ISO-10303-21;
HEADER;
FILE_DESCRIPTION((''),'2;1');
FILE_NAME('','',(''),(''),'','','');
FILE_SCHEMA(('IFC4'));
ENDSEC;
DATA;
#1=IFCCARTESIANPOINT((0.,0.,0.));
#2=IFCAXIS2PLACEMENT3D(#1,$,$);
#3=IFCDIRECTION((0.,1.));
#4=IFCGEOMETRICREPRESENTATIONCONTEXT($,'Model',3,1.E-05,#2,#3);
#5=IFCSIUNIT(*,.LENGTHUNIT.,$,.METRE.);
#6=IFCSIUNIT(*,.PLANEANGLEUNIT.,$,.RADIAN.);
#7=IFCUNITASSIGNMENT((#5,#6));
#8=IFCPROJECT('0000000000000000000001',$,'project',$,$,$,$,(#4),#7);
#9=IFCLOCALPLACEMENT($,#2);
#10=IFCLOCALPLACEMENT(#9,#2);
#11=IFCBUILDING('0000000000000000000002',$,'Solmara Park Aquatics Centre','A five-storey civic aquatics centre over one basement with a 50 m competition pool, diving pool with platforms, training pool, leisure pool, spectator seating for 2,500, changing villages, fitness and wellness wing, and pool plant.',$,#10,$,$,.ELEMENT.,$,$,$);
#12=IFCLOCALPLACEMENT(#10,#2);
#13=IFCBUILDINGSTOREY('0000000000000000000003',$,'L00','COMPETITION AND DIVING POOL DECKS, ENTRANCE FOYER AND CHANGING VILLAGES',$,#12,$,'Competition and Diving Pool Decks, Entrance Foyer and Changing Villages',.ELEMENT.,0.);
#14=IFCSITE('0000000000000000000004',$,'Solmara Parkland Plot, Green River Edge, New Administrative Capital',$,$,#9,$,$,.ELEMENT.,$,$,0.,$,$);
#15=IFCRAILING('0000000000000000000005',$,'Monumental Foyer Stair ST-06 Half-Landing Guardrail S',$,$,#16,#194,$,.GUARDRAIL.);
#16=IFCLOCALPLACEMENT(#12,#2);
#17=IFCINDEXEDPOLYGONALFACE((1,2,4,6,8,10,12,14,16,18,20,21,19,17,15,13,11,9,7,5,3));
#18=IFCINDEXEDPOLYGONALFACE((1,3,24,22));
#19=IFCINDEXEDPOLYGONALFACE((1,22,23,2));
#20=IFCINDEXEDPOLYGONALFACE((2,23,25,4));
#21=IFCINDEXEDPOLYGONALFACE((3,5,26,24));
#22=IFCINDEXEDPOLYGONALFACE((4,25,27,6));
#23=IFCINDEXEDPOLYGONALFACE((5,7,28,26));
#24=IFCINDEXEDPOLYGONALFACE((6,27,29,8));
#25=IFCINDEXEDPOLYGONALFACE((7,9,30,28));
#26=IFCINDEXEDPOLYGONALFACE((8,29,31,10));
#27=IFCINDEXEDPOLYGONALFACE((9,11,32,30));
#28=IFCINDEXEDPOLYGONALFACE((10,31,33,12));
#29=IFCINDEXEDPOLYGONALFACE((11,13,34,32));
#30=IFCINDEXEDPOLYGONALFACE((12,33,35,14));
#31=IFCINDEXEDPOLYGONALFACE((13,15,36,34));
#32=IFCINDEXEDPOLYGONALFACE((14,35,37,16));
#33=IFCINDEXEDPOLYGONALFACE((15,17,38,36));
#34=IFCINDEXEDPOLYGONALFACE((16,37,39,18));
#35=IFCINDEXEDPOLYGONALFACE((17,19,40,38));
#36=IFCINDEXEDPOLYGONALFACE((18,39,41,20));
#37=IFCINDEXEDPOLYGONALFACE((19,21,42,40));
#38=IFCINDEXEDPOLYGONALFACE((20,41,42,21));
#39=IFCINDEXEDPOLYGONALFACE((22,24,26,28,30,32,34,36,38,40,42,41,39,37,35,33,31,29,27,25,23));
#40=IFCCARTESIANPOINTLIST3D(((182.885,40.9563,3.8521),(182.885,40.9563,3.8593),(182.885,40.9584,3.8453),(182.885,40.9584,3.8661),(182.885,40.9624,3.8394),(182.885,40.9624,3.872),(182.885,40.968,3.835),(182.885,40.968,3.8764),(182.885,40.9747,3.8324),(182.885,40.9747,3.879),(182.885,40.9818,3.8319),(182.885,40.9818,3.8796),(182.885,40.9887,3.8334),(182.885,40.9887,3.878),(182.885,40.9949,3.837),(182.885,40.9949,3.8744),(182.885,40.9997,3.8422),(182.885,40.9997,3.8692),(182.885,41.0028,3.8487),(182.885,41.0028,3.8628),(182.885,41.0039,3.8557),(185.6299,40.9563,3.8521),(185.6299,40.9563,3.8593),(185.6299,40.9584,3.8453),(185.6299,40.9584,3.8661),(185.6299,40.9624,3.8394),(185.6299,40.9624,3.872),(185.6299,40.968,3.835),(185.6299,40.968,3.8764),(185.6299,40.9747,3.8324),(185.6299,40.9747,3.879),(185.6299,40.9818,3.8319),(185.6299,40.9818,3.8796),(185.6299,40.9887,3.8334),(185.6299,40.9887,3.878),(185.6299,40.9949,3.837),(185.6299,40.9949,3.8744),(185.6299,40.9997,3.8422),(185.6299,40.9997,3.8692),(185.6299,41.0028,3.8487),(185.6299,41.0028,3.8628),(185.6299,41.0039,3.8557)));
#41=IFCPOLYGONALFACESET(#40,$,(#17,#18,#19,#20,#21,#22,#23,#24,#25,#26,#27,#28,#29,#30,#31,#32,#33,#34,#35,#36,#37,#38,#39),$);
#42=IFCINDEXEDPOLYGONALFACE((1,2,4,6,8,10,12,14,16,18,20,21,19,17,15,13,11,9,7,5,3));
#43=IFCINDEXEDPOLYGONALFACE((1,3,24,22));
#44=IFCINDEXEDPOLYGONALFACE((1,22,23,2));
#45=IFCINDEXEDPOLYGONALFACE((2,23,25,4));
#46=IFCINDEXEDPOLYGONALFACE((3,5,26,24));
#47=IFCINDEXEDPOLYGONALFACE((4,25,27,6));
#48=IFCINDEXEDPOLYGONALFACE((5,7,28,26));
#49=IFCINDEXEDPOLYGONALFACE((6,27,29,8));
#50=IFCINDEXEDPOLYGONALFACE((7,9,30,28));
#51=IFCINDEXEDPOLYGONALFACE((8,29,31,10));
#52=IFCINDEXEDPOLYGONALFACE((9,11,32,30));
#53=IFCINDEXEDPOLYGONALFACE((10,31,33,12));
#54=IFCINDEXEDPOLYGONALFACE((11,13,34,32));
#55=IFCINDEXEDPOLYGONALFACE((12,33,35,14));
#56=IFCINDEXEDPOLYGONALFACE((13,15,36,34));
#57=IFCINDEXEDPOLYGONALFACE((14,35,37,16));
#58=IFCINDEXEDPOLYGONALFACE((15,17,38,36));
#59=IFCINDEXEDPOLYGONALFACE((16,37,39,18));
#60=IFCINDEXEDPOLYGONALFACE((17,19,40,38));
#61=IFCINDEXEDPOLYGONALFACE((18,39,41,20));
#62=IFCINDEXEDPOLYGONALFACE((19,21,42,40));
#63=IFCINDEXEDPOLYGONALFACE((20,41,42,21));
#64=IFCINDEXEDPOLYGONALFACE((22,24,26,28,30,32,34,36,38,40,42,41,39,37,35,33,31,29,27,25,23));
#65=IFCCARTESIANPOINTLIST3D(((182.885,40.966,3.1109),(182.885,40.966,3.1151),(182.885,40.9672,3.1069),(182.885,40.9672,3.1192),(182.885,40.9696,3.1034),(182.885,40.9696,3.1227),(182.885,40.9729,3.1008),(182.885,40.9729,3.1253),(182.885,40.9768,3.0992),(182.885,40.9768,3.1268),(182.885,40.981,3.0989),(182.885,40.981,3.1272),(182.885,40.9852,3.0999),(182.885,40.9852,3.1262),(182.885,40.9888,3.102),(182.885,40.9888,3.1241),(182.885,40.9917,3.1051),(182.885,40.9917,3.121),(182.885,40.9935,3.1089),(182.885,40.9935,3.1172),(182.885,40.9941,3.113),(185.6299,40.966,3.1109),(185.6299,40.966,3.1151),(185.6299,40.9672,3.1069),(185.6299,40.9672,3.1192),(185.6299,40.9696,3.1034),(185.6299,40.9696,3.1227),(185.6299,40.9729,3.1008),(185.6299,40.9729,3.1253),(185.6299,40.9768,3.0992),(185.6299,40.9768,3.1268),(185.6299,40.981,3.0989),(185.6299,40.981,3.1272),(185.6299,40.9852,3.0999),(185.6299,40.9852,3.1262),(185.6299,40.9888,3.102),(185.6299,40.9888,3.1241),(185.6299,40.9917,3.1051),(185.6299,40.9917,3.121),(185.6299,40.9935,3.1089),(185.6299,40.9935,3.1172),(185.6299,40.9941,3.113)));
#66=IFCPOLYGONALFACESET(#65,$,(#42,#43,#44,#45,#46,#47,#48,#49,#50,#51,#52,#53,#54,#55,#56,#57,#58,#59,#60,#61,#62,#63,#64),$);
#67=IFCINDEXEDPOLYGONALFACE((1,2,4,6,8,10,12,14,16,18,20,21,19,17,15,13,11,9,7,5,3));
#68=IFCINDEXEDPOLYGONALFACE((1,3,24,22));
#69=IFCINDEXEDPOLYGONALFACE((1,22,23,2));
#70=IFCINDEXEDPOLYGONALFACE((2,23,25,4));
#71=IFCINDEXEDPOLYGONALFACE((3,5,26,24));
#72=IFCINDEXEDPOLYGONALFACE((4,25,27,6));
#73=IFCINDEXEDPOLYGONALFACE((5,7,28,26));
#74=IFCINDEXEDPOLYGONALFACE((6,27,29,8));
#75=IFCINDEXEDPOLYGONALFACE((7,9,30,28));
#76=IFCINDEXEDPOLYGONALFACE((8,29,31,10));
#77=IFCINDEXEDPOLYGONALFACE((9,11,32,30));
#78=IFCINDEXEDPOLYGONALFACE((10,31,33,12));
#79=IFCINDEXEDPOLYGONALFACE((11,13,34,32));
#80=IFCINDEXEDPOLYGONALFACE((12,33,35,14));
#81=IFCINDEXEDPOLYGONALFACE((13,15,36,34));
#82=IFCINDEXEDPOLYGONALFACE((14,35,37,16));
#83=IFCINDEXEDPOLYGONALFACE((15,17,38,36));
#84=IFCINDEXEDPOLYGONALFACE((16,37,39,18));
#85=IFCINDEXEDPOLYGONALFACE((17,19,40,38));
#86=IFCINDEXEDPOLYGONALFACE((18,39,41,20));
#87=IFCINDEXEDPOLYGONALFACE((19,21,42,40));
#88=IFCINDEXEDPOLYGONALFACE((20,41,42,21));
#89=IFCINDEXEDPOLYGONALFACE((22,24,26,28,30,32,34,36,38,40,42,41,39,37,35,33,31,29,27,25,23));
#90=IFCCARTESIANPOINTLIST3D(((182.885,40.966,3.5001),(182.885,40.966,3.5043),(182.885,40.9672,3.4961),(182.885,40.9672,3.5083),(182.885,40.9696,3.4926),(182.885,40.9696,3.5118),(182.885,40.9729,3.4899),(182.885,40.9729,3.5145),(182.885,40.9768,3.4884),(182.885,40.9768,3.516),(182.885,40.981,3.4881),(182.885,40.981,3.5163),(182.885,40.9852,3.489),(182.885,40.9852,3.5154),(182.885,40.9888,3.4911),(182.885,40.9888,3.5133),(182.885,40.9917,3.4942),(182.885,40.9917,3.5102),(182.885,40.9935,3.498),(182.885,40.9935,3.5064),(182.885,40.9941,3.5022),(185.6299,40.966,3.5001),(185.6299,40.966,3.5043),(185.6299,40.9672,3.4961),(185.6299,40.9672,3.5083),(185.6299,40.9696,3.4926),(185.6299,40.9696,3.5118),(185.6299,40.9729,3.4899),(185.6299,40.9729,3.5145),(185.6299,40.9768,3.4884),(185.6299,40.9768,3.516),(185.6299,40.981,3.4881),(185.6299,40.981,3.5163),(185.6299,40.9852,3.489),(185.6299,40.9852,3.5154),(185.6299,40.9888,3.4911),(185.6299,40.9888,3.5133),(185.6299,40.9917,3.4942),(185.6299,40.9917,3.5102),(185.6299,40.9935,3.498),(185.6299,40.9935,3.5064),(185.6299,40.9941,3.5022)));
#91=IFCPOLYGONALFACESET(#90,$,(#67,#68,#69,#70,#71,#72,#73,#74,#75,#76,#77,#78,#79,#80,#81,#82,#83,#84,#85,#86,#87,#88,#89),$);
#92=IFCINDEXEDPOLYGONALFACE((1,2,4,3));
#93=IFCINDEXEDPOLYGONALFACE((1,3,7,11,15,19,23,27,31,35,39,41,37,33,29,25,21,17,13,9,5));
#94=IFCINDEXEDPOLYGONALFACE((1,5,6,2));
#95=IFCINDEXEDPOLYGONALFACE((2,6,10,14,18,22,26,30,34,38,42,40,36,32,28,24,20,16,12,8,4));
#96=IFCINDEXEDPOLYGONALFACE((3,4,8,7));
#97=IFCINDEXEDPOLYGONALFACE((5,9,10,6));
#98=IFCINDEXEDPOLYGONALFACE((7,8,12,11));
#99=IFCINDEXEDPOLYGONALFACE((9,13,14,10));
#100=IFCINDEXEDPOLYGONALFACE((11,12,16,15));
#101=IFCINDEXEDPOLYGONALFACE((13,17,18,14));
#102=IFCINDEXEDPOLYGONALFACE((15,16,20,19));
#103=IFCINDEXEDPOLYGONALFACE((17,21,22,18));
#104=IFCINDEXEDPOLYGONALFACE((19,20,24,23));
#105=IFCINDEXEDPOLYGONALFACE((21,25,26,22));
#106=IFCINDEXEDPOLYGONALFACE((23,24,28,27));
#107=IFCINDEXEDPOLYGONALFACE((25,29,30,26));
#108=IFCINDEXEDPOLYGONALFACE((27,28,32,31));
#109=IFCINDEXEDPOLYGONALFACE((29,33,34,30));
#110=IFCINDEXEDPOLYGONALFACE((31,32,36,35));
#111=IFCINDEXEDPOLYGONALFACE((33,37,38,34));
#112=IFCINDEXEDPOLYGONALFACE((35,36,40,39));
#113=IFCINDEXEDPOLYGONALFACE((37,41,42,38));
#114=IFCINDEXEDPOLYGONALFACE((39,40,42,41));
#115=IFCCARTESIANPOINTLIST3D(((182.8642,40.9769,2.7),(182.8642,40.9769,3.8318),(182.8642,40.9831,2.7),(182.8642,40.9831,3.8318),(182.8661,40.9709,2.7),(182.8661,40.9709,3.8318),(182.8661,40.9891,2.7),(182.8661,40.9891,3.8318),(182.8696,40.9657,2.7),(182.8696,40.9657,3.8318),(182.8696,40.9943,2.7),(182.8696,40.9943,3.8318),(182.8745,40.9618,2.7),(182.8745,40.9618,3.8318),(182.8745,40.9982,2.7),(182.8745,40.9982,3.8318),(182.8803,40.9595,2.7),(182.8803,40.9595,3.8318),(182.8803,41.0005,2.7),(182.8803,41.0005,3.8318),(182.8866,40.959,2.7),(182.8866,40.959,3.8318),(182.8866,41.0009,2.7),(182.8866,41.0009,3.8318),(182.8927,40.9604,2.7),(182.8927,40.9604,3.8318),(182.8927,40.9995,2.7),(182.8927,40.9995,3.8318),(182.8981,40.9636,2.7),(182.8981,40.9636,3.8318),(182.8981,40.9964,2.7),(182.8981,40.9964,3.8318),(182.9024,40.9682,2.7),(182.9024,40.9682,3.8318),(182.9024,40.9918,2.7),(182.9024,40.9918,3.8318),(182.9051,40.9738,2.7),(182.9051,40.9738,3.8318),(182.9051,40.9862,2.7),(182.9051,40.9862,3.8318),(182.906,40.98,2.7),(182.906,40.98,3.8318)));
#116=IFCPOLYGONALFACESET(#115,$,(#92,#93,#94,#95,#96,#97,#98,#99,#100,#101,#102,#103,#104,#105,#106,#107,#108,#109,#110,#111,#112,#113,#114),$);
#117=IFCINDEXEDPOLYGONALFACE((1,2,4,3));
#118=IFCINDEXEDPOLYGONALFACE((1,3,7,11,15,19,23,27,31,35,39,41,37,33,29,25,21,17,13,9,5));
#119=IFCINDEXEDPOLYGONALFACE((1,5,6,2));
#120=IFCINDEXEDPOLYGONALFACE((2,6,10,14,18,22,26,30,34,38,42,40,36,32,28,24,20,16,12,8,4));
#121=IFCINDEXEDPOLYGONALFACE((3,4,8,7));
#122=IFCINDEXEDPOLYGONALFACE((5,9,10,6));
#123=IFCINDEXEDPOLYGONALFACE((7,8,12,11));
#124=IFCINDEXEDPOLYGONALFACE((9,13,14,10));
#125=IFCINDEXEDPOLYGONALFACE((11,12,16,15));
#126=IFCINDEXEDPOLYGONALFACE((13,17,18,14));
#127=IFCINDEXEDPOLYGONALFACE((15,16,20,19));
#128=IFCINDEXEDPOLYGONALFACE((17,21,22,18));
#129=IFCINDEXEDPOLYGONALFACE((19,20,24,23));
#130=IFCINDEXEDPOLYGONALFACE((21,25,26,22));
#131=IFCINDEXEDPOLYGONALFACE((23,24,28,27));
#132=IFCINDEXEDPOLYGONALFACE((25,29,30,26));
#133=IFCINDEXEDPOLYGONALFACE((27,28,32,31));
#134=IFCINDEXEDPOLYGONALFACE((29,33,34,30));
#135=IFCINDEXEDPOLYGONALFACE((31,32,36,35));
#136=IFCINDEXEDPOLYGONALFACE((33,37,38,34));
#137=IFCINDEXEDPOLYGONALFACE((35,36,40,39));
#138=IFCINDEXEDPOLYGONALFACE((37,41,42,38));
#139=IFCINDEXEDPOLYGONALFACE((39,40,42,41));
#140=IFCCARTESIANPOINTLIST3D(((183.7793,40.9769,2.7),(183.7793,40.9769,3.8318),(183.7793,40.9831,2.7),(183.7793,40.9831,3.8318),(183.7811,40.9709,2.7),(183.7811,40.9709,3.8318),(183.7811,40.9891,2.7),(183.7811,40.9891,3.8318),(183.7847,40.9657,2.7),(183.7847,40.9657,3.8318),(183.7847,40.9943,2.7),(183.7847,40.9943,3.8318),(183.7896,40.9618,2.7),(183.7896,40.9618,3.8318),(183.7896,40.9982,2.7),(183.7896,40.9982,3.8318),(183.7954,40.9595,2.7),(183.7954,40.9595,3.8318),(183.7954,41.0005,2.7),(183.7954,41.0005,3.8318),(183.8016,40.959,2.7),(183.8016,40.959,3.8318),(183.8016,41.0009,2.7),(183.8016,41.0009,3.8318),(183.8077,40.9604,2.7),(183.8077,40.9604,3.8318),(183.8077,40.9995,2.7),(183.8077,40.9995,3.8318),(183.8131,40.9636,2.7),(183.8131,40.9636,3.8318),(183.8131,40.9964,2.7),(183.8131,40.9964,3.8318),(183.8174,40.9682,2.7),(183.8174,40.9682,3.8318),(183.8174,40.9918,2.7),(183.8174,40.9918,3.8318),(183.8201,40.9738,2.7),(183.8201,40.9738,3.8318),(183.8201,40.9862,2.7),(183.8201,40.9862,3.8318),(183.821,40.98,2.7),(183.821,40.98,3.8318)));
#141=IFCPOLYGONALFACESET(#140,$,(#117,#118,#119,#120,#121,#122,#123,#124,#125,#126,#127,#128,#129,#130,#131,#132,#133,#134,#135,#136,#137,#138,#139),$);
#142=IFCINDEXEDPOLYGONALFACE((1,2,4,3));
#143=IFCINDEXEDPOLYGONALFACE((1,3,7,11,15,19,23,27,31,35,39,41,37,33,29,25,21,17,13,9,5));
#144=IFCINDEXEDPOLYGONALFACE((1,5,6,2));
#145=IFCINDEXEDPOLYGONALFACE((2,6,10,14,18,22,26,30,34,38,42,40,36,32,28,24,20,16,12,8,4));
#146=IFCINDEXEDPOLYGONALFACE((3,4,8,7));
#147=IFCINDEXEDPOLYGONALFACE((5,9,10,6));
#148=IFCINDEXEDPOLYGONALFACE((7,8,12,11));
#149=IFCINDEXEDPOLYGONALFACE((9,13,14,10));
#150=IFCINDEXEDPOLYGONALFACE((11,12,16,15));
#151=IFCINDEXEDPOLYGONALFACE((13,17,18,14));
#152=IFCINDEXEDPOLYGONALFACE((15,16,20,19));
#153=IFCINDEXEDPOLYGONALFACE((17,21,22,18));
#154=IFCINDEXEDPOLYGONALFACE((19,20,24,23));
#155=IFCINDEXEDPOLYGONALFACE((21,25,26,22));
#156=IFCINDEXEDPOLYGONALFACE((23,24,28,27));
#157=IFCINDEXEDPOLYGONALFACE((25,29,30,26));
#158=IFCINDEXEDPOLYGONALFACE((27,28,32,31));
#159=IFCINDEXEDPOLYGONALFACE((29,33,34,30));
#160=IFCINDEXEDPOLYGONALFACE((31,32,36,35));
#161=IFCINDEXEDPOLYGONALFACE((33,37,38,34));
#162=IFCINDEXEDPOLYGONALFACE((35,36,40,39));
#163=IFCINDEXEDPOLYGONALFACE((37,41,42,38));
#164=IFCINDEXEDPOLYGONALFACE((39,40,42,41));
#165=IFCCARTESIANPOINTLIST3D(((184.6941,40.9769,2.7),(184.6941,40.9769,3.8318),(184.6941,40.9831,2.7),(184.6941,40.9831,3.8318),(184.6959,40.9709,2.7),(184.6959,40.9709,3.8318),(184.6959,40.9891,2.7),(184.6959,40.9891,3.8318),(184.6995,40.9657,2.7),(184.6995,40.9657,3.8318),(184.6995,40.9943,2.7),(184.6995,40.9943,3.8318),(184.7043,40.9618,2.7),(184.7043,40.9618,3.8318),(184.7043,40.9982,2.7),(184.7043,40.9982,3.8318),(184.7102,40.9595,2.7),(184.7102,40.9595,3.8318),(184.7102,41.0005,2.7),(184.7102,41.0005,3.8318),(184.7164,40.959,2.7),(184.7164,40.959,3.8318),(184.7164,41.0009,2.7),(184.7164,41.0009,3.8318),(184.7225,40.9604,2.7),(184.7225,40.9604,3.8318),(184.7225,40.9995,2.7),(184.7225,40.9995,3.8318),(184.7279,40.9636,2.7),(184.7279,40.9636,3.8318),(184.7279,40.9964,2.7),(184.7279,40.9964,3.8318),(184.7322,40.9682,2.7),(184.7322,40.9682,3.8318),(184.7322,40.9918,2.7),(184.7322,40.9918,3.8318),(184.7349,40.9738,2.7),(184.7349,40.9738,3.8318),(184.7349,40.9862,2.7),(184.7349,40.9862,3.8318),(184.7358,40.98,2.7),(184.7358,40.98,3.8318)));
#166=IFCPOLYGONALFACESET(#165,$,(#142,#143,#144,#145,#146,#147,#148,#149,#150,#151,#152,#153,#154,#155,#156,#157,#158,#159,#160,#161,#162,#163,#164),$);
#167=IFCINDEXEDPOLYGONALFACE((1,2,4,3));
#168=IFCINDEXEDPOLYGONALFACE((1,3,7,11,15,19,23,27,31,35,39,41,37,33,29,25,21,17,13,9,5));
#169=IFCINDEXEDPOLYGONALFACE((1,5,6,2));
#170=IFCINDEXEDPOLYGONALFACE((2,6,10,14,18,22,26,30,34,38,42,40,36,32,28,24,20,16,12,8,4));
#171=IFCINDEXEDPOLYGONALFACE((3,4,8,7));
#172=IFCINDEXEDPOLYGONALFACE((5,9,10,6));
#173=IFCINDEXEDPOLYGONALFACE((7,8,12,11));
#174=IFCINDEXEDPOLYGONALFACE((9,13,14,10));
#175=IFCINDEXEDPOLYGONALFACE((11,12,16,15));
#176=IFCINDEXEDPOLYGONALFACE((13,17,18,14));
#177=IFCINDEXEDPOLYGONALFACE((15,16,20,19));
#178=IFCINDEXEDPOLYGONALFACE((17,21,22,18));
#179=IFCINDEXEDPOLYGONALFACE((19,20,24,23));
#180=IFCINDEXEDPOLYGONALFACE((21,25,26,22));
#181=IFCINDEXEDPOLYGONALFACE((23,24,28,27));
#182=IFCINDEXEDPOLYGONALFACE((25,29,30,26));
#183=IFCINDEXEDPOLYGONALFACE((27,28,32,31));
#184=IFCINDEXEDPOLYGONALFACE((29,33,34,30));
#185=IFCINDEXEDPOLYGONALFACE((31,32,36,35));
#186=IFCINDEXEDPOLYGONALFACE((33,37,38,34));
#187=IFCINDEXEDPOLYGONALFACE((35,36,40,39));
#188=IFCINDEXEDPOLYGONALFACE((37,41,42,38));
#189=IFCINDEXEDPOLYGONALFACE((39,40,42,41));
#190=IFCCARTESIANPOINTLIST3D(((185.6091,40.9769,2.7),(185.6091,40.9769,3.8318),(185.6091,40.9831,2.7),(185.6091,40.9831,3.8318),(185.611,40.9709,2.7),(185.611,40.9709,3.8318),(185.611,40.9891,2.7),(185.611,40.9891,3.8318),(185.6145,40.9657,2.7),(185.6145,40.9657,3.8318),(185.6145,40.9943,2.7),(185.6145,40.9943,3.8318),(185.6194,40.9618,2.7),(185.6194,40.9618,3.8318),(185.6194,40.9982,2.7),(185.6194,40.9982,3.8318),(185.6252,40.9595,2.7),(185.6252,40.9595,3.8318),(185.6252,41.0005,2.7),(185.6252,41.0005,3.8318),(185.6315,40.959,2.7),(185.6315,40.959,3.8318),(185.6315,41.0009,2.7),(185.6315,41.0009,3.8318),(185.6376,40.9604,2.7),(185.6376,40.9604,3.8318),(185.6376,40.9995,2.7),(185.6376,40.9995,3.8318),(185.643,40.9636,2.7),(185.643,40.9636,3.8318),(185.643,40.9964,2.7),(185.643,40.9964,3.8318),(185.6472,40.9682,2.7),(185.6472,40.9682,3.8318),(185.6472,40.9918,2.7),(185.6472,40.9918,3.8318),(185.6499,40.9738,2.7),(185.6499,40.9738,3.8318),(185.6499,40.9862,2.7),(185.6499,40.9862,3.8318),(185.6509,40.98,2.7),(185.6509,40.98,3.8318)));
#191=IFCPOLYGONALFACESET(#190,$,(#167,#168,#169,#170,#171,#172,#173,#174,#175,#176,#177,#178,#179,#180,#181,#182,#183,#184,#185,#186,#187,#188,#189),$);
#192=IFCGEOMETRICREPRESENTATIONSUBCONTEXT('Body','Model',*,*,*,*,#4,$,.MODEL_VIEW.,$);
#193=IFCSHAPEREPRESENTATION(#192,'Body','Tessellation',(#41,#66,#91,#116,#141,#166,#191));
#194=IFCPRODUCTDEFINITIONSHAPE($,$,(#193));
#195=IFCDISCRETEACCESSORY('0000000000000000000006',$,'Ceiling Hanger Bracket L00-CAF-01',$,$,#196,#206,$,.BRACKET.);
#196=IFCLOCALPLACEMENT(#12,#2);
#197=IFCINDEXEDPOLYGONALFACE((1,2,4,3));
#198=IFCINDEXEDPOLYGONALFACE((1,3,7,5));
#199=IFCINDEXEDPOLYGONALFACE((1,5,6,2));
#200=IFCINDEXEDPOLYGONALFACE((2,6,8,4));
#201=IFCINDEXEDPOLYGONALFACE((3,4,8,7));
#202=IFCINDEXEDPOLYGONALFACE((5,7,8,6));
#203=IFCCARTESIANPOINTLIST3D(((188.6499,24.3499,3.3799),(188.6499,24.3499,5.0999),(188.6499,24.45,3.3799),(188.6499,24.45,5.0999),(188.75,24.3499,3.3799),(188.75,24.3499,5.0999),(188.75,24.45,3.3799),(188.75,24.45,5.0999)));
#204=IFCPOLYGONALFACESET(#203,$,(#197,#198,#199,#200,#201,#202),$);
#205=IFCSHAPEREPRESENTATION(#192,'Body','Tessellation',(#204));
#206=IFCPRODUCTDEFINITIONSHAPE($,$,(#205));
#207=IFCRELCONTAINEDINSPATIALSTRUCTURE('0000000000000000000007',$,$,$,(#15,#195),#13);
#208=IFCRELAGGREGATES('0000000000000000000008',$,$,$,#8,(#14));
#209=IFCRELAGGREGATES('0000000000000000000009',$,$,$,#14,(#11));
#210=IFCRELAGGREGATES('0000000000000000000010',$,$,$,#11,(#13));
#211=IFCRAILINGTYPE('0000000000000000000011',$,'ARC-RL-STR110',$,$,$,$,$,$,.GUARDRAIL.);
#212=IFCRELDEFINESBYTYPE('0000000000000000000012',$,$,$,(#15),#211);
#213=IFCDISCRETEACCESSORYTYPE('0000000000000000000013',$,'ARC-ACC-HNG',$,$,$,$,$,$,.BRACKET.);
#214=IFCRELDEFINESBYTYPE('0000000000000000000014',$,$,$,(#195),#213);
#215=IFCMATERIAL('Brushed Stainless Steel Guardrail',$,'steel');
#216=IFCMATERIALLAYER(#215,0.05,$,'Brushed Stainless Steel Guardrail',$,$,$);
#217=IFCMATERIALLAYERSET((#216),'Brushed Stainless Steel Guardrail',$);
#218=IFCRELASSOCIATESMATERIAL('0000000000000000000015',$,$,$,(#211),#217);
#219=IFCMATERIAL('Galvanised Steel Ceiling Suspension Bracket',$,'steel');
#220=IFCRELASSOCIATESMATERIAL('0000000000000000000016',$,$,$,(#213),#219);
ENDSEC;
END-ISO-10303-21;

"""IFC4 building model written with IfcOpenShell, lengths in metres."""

from ifc_helpers import new_model, si_unit, direction, frame, origin, origin_2d, place, context, subcontext, project, spatial, rectangle, circle, extrude, material, layer, layer_set, type_object, element, save


model = new_model("IFC4")

# Units and contexts
model_context = context("Model", 3, precision=1e-05, world=origin(), true_north=direction((0.0, 1.0)))
body_context = subcontext(model_context, "Body", "Model", "MODEL_VIEW")
ifc_project = project(units=[si_unit("LENGTHUNIT", "METRE"), si_unit("PLANEANGLEUNIT", "RADIAN")], contexts=[model_context])

# Site, building, storey
site_placement = place(None, origin())
site = spatial("IfcSite", under=ifc_project, at=site_placement, Name="Solmara Parkland Plot, Green River Edge, New Administrative Capital", CompositionType="ELEMENT", RefElevation=0.0)
building_placement = place(site_placement, origin())
building = spatial("IfcBuilding", under=site, at=building_placement, Name="Solmara Park Aquatics Centre", Description="A five-storey civic aquatics centre over one basement with a 50 m competition pool, diving pool with platforms, training pool, leisure pool, spectator seating for 2,500, changing villages, fitness and wellness wing, and pool plant.", CompositionType="ELEMENT")
storey_placement = place(building_placement, origin())
storey = spatial("IfcBuildingStorey", under=building, at=storey_placement, Name="L00", Description="COMPETITION AND DIVING POOL DECKS, ENTRANCE FOYER AND CHANGING VILLAGES", LongName="Competition and Diving Pool Decks, Entrance Foyer and Changing Villages", CompositionType="ELEMENT", Elevation=0.0)

# Railing
ifc_material_1 = material(Name="Brushed Stainless Steel Guardrail", Category="steel")
ifc_layer_1 = layer(ifc_material_1, 0.05, Name="Brushed Stainless Steel Guardrail")
ifc_layer_set_1 = layer_set([ifc_layer_1], Name="Brushed Stainless Steel Guardrail")
railing_type = type_object("IfcRailingType", Name="ARC-RL-STR110", PredefinedType="GUARDRAIL", material=ifc_layer_set_1)
railing_1_placement = place(storey_placement, frame((182.885, 40.98, 2.7)))
element("IfcRailing", 1, at=railing_1_placement, inside=storey, type_object=railing_type, Name="Monumental Foyer Stair ST-06 Half-Landing Guardrail S", PredefinedType="GUARDRAIL", context=body_context, shape_type="SweptSolid", body=[
    extrude(circle(Radius=0.0239, at=origin_2d()), frame((0.0, 0.0, 1.1558), z_axis=(1.0, 0.0, 0.0), x_axis=(0.0, 1.0, 0.0)), (0.0, 0.0, 1.0), 2.7449),
    extrude(circle(Radius=0.0142, at=origin_2d()), frame((0.0, 0.0, 0.4131), z_axis=(1.0, 0.0, 0.0), x_axis=(0.0, 1.0, 0.0)), (0.0, 0.0, 1.0), 2.7449),
    extrude(circle(Radius=0.0142, at=origin_2d()), frame((0.0, 0.0, 0.8022), z_axis=(1.0, 0.0, 0.0), x_axis=(0.0, 1.0, 0.0)), (0.0, 0.0, 1.0), 2.7449),
    extrude(circle(Radius=0.021, at=origin_2d()), origin(), (0.0, 0.0, 1.0), 1.1318),
    extrude(circle(Radius=0.021, at=origin_2d()), frame((0.915, 0.0, 0.0)), (0.0, 0.0, 1.0), 1.1318),
    extrude(circle(Radius=0.021, at=origin_2d()), frame((1.8298, 0.0, 0.0)), (0.0, 0.0, 1.0), 1.1318),
    extrude(circle(Radius=0.021, at=origin_2d()), frame((2.7449, 0.0, 0.0)), (0.0, 0.0, 1.0), 1.1318),
])

# Discrete accessory
ifc_material_2 = material(Name="Galvanised Steel Ceiling Suspension Bracket", Category="steel")
discrete_accessory_type = type_object("IfcDiscreteAccessoryType", Name="ARC-ACC-HNG", PredefinedType="BRACKET", material=ifc_material_2)
discrete_accessory_placement = place(storey_placement, frame((188.7, 24.3999, 3.3799), z_axis=(0.0, 0.0, 1.0), x_axis=(1.0, 0.0, 0.0)))
element("IfcDiscreteAccessory", 2, at=discrete_accessory_placement, inside=storey, type_object=discrete_accessory_type, Name="Ceiling Hanger Bracket L00-CAF-01", PredefinedType="BRACKET", context=body_context, shape_type="SweptSolid", body=[
    extrude(rectangle(XDim=0.1001, YDim=0.1001, at=origin_2d()), origin(), (0.0, 0.0, 1.0), 1.72),
])

save(model, "model.ifc")
